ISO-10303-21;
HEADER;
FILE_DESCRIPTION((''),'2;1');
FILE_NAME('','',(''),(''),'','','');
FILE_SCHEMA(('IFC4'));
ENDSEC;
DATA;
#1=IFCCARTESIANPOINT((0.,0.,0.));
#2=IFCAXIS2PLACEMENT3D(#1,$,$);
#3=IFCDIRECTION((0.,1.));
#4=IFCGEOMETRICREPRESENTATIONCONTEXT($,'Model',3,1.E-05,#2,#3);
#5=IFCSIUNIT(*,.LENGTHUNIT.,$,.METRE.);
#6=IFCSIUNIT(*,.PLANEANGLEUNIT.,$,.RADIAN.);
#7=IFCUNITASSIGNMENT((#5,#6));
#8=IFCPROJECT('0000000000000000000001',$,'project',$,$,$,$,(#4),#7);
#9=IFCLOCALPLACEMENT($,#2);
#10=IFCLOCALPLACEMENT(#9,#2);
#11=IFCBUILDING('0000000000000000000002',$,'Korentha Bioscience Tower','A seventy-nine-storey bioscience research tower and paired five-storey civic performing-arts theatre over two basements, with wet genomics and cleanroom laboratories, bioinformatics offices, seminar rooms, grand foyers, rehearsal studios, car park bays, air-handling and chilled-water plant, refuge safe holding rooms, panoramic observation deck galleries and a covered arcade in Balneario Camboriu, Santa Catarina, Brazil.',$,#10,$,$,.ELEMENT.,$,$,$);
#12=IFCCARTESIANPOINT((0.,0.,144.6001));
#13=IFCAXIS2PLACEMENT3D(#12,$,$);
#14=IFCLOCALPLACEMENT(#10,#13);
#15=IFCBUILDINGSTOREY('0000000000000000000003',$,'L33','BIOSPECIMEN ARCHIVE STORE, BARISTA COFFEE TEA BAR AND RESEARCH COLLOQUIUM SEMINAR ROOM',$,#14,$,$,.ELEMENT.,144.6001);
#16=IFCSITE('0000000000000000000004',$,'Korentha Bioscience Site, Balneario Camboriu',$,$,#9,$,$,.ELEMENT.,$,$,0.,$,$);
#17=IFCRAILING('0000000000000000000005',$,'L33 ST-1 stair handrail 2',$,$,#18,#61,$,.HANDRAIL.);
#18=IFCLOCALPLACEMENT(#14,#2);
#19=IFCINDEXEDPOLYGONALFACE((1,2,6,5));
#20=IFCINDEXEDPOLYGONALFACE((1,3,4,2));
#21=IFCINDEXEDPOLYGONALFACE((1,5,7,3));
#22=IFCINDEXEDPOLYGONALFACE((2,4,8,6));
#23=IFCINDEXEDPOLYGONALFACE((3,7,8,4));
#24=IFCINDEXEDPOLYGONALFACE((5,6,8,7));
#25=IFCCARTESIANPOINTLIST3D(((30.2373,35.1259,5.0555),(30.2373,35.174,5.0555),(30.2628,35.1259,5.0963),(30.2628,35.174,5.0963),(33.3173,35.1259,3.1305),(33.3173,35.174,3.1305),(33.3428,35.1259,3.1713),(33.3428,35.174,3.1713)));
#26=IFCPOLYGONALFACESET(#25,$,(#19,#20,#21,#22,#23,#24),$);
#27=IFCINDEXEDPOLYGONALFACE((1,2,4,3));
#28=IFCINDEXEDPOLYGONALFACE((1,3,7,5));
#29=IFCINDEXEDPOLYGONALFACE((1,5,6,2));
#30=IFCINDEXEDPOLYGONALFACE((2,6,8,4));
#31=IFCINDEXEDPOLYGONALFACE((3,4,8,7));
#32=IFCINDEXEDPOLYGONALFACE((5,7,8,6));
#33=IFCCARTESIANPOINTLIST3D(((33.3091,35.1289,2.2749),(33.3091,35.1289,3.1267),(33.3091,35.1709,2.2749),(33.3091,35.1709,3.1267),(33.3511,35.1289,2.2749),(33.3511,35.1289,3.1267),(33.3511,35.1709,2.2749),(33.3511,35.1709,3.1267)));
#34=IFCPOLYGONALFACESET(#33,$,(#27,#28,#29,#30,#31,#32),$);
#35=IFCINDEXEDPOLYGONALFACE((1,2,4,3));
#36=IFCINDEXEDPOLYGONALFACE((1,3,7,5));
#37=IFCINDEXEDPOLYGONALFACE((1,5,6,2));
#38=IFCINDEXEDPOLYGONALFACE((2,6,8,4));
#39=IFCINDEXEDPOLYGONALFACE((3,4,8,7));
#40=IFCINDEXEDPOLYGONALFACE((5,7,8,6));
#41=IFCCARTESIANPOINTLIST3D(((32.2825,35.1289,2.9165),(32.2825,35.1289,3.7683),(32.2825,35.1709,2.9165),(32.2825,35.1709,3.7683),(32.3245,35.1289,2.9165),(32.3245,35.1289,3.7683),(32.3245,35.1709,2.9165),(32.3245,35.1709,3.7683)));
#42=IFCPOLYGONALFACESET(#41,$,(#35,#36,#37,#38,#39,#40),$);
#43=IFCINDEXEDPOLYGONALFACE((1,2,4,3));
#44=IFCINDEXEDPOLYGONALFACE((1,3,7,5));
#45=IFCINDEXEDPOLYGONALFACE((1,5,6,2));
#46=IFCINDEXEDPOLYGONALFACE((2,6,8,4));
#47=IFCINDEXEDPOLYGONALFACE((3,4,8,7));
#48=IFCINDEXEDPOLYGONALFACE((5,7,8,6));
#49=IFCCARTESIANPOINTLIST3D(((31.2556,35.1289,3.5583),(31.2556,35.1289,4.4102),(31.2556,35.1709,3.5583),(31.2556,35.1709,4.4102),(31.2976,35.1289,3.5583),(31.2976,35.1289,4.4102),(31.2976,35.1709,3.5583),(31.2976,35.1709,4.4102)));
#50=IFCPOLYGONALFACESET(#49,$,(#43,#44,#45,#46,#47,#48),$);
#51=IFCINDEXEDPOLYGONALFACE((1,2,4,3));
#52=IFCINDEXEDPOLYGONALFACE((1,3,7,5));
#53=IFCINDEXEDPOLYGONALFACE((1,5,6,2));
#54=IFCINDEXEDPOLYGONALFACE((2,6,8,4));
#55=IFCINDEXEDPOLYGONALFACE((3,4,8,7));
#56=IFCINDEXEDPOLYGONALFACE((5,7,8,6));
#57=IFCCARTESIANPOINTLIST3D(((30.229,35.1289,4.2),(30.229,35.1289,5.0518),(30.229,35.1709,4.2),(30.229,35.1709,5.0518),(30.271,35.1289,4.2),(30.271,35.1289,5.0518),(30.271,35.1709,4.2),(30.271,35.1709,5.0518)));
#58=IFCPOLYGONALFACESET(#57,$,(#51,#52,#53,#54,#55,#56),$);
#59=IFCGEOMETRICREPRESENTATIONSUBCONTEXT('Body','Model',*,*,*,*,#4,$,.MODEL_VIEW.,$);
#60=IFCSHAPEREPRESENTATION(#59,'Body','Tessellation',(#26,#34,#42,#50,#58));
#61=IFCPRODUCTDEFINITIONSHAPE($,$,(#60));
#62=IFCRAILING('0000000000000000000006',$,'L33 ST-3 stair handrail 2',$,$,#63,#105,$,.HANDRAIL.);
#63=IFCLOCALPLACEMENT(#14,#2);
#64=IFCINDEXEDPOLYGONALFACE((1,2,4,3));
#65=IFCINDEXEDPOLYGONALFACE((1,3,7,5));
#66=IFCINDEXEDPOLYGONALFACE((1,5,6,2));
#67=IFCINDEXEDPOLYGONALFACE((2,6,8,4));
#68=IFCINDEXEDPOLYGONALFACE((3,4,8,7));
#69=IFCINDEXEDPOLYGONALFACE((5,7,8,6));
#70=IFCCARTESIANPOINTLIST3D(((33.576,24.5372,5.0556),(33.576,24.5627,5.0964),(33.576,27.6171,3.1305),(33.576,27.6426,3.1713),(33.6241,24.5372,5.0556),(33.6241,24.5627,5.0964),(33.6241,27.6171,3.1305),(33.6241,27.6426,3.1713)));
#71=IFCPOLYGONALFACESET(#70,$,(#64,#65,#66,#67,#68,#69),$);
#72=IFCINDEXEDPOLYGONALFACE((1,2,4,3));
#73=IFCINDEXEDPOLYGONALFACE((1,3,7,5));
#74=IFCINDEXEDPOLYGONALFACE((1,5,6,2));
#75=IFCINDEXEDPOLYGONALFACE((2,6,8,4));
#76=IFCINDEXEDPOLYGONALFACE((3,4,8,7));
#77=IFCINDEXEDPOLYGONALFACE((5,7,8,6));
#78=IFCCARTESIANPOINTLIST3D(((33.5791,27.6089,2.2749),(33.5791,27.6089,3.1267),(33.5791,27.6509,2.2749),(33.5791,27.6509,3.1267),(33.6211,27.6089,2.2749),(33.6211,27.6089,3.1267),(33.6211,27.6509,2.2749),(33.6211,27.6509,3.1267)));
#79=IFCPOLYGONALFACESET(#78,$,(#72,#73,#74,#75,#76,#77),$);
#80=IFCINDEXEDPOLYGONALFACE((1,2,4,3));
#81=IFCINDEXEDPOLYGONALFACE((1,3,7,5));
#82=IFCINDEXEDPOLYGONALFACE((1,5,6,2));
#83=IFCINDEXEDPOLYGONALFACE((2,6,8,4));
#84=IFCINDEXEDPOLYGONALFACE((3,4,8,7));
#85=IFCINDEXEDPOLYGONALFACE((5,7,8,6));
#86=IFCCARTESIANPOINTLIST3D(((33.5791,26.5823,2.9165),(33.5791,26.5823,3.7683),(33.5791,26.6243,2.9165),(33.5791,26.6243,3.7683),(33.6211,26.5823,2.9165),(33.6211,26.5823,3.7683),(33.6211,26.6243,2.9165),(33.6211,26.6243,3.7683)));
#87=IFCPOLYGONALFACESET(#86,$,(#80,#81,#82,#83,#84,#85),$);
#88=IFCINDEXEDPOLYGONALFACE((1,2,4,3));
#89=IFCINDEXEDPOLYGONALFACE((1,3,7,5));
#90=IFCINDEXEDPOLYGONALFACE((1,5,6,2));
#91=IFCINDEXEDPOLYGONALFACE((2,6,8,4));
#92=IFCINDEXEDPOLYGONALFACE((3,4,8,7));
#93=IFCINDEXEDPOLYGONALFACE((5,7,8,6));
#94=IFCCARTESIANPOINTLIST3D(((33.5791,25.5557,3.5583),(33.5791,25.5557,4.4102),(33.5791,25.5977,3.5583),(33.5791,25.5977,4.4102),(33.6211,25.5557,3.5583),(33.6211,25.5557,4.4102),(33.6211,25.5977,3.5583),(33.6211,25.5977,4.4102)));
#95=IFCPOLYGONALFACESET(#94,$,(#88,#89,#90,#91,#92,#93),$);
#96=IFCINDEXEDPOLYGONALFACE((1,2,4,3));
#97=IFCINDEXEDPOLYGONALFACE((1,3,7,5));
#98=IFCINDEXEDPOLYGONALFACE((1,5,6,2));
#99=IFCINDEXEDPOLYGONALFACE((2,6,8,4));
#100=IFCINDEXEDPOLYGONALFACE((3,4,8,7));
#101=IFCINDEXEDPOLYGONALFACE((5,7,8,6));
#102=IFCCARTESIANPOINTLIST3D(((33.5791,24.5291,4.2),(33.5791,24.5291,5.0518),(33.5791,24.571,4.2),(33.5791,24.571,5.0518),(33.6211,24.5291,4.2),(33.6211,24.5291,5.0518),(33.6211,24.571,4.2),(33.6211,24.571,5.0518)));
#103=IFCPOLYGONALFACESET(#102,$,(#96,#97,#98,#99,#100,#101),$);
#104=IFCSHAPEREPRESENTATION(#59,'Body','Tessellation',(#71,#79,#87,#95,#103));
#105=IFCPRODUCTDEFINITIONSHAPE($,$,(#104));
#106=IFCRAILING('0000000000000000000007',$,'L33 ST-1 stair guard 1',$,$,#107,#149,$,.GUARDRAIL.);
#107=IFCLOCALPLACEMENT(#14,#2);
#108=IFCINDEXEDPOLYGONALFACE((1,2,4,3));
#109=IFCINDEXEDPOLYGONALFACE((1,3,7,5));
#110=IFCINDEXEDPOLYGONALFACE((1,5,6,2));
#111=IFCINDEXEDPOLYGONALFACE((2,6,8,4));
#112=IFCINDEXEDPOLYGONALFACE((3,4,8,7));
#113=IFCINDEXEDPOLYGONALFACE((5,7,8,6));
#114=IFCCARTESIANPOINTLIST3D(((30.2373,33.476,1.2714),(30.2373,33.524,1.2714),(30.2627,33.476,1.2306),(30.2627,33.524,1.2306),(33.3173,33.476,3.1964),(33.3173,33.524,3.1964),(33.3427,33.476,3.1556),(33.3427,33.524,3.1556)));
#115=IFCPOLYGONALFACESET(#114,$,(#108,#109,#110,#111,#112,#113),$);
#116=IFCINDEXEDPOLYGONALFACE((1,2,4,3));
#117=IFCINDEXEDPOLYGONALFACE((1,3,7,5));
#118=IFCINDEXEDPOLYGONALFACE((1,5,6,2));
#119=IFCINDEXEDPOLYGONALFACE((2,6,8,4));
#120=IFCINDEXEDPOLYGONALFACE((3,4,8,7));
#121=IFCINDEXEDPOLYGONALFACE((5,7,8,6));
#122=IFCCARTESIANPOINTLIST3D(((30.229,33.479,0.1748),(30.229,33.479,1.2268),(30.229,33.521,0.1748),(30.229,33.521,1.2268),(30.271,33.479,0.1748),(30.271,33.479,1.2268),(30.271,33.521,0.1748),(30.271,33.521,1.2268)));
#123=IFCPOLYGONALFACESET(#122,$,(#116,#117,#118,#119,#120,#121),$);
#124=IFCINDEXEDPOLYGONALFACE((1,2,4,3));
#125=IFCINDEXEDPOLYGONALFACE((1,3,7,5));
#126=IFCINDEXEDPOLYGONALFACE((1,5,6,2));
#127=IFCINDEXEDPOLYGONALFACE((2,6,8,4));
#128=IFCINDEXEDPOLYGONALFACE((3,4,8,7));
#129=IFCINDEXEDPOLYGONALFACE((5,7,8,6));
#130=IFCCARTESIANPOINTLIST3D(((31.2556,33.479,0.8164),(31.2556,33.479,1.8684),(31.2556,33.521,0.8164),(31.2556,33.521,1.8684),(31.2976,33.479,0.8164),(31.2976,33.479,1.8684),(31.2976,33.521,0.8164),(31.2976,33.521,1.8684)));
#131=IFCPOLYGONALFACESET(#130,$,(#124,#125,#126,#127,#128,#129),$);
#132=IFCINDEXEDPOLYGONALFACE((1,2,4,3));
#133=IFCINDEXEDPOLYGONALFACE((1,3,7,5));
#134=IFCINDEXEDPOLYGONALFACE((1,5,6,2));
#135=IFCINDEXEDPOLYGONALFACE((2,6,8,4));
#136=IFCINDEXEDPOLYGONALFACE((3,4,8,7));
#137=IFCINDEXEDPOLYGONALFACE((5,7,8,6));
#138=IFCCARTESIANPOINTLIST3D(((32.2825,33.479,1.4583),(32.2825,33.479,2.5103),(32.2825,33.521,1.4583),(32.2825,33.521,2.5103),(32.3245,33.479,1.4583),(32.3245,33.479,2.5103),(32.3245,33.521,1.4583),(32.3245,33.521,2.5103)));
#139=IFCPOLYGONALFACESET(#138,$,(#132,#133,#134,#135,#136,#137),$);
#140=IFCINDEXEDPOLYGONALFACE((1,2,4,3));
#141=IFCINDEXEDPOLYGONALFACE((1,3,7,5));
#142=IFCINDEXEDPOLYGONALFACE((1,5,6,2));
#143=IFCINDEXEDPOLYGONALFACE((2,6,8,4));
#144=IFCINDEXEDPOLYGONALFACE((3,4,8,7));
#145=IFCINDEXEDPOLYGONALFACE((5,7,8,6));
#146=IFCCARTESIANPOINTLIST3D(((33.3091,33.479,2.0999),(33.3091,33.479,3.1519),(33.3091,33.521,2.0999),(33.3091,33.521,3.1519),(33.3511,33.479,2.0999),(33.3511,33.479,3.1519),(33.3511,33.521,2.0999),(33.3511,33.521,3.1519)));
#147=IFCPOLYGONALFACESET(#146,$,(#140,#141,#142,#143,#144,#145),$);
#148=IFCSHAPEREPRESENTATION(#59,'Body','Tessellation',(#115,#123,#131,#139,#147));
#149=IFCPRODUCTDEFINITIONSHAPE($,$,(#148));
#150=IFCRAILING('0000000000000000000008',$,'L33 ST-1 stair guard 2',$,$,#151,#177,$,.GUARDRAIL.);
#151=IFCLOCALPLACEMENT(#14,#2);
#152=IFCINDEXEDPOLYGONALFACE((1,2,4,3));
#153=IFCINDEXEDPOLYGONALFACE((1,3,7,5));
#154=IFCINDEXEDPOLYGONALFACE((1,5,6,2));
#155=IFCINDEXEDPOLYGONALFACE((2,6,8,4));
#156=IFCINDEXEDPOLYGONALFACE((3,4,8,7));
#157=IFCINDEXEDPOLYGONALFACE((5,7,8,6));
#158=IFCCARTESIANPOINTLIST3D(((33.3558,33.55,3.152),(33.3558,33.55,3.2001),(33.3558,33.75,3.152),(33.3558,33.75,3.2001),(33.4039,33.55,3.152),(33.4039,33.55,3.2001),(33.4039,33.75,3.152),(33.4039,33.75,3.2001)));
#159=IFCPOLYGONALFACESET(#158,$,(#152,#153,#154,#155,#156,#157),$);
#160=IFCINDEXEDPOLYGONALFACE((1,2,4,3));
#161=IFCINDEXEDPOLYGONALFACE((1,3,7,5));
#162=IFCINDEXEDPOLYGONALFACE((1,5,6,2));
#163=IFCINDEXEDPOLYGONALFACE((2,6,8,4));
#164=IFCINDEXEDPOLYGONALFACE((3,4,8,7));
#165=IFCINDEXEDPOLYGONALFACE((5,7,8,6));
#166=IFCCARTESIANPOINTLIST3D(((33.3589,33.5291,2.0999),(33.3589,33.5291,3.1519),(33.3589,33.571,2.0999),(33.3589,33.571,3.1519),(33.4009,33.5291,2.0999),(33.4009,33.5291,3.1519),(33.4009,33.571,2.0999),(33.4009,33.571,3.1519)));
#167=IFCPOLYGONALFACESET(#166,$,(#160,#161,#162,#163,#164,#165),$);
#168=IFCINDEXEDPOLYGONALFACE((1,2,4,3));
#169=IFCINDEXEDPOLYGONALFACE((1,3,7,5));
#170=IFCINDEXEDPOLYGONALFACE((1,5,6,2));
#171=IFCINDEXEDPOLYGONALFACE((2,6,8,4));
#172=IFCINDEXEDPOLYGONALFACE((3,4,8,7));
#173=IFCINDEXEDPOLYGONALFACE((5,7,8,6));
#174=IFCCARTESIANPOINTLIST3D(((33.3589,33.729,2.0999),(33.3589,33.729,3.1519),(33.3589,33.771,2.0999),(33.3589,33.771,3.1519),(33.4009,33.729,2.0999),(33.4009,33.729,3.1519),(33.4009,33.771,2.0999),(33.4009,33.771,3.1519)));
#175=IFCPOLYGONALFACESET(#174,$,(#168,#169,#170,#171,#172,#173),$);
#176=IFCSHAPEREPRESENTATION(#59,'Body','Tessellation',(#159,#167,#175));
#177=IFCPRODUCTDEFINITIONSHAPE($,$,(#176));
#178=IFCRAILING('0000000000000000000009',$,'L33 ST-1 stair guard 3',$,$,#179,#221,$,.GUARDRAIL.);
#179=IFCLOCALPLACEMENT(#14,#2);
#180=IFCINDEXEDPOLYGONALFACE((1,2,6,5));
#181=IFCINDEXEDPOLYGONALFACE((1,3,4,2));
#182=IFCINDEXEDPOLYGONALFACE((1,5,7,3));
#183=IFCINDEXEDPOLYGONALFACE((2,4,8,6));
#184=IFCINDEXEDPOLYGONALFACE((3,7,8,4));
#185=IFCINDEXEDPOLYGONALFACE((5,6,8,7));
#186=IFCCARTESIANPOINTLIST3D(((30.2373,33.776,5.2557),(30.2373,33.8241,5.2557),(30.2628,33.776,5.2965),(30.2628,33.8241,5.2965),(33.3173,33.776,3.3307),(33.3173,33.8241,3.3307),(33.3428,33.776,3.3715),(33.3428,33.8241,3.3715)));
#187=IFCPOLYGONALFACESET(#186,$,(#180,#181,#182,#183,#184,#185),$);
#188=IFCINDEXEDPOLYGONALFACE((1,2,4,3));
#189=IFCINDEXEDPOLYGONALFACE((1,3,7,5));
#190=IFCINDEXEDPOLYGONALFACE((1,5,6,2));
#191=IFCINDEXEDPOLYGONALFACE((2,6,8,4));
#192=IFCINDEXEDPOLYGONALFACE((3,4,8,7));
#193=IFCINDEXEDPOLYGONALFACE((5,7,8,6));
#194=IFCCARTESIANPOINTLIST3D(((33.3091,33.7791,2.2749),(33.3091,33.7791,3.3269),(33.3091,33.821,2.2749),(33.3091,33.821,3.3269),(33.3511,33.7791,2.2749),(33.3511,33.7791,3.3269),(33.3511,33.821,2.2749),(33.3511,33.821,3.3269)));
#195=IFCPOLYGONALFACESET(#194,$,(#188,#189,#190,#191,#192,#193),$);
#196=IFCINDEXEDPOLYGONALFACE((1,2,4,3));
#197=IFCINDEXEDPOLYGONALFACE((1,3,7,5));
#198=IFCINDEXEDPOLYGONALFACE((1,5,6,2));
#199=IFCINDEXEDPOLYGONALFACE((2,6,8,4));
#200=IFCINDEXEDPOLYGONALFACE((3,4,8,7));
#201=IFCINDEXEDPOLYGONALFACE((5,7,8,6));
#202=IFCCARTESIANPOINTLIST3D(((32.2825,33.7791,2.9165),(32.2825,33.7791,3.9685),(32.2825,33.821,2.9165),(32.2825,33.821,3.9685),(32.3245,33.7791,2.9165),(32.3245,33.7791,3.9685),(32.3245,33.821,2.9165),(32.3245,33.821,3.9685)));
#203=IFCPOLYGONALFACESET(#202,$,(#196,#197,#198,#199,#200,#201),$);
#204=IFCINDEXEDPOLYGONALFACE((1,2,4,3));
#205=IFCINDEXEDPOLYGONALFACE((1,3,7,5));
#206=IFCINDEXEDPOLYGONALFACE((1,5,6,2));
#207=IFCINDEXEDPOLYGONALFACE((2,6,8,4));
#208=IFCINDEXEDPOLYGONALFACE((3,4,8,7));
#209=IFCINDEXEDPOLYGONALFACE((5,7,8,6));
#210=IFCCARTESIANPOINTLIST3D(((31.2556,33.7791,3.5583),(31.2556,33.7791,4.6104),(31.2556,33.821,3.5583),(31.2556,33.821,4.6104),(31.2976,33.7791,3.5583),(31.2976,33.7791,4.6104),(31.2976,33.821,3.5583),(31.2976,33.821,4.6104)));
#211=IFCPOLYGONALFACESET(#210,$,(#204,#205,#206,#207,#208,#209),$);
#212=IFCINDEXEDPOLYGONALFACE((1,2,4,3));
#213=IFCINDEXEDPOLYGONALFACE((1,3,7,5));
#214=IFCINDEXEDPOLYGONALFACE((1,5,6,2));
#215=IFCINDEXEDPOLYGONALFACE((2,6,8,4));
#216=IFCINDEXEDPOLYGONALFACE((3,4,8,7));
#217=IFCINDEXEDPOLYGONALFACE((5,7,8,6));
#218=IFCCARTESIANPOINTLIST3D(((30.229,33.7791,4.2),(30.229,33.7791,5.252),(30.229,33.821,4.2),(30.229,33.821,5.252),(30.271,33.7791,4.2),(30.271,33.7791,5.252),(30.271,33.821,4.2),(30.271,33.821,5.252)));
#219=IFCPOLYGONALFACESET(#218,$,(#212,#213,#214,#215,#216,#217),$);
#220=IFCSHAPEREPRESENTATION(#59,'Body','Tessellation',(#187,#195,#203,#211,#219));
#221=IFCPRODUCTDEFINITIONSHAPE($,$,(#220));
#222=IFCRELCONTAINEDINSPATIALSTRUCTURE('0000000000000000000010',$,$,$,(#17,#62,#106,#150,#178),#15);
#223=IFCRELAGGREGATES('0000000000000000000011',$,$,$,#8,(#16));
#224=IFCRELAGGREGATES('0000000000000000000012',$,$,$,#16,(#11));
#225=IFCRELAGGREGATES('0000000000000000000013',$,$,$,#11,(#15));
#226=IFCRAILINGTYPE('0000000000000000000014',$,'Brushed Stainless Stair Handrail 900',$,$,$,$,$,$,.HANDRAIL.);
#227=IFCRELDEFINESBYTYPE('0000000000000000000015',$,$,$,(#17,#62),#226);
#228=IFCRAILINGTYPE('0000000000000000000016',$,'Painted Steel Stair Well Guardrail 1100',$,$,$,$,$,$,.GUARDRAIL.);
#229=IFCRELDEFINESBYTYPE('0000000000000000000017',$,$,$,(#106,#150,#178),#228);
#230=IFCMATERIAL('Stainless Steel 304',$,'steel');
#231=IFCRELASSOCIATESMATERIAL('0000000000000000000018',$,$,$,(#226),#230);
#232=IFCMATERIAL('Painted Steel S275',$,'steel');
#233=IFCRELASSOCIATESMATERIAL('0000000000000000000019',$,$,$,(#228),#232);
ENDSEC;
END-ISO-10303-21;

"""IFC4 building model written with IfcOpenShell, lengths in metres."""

from ifc_helpers import new_model, si_unit, direction, frame, origin, origin_2d, place, context, subcontext, project, spatial, rectangle, extrude, material, type_object, element, save


model = new_model("IFC4")

# Units and contexts
model_context = context("Model", 3, precision=1e-05, world=origin(), true_north=direction((0.0, 1.0)))
body_context = subcontext(model_context, "Body", "Model", "MODEL_VIEW")
ifc_project = project(units=[si_unit("LENGTHUNIT", "METRE"), si_unit("PLANEANGLEUNIT", "RADIAN")], contexts=[model_context])

# Site, building, storey
site_placement = place(None, origin())
site = spatial("IfcSite", under=ifc_project, at=site_placement, Name="Korentha Bioscience Site, Balneario Camboriu", CompositionType="ELEMENT", RefElevation=0.0)
building_placement = place(site_placement, origin())
building = spatial("IfcBuilding", under=site, at=building_placement, Name="Korentha Bioscience Tower", Description="A seventy-nine-storey bioscience research tower and paired five-storey civic performing-arts theatre over two basements, with wet genomics and cleanroom laboratories, bioinformatics offices, seminar rooms, grand foyers, rehearsal studios, car park bays, air-handling and chilled-water plant, refuge safe holding rooms, panoramic observation deck galleries and a covered arcade in Balneario Camboriu, Santa Catarina, Brazil.", CompositionType="ELEMENT")
storey_placement = place(building_placement, frame((0.0, 0.0, 144.6001)))
storey = spatial("IfcBuildingStorey", under=building, at=storey_placement, Name="L33", Description="BIOSPECIMEN ARCHIVE STORE, BARISTA COFFEE TEA BAR AND RESEARCH COLLOQUIUM SEMINAR ROOM", CompositionType="ELEMENT", Elevation=144.6001)

# Railings
ifc_material_1 = material(Name="Stainless Steel 304", Category="steel")
railing_type_1 = type_object("IfcRailingType", Name="Brushed Stainless Stair Handrail 900", PredefinedType="HANDRAIL", material=ifc_material_1)
railing_1_placement = place(storey_placement, frame((33.3301, 35.1499, 2.2749)))
element("IfcRailing", 1, at=railing_1_placement, inside=storey, type_object=railing_type_1, Name="L33 ST-1 stair handrail 2", PredefinedType="HANDRAIL", context=body_context, shape_type="SweptSolid", body=[
    extrude(rectangle(XDim=0.0481, YDim=0.0481, at=origin_2d()), frame((0.0, 0.0, 0.876), z_axis=(-0.847998, 0.0, 0.529999), x_axis=(0.0, -1.0, 0.0)), (0.0, 0.0, 1.0), 3.6321),
    extrude(rectangle(XDim=0.042, YDim=0.042, at=origin_2d()), origin(), (0.0, 0.0, 1.0), 0.8518),
    extrude(rectangle(XDim=0.042, YDim=0.042, at=origin_2d()), frame((-1.0266, 0.0, 0.6416)), (0.0, 0.0, 1.0), 0.8518),
    extrude(rectangle(XDim=0.042, YDim=0.042, at=origin_2d()), frame((-2.0535, 0.0, 1.2834)), (0.0, 0.0, 1.0), 0.8518),
    extrude(rectangle(XDim=0.042, YDim=0.042, at=origin_2d()), frame((-3.0801, 0.0, 1.925)), (0.0, 0.0, 1.0), 0.8518),
])
railing_2_placement = place(storey_placement, frame((33.6001, 27.6299, 2.2749)))
element("IfcRailing", 2, at=railing_2_placement, inside=storey, type_object=railing_type_1, Name="L33 ST-3 stair handrail 2", PredefinedType="HANDRAIL", context=body_context, shape_type="SweptSolid", body=[
    extrude(rectangle(XDim=0.0481, YDim=0.0481, at=origin_2d()), frame((0.0, 0.0, 0.876), z_axis=(0.0, -0.847979, 0.530029), x_axis=(1.0, 0.0, 0.0)), (0.0, 0.0, 1.0), 3.6321),
    extrude(rectangle(XDim=0.042, YDim=0.042, at=origin_2d()), origin(), (0.0, 0.0, 1.0), 0.8518),
    extrude(rectangle(XDim=0.042, YDim=0.042, at=origin_2d()), frame((0.0, -1.0266, 0.6416)), (0.0, 0.0, 1.0), 0.8518),
    extrude(rectangle(XDim=0.042, YDim=0.042, at=origin_2d()), frame((0.0, -2.0532, 1.2834)), (0.0, 0.0, 1.0), 0.8518),
    extrude(rectangle(XDim=0.042, YDim=0.042, at=origin_2d()), frame((0.0, -3.0798, 1.925)), (0.0, 0.0, 1.0), 0.8518),
])
ifc_material_2 = material(Name="Painted Steel S275", Category="steel")
railing_type_2 = type_object("IfcRailingType", Name="Painted Steel Stair Well Guardrail 1100", PredefinedType="GUARDRAIL", material=ifc_material_2)
railing_3_placement = place(storey_placement, frame((30.25, 33.5, 0.1748)))
element("IfcRailing", 3, at=railing_3_placement, inside=storey, type_object=railing_type_2, Name="L33 ST-1 stair guard 1", PredefinedType="GUARDRAIL", context=body_context, shape_type="SweptSolid", body=[
    extrude(rectangle(XDim=0.0481, YDim=0.0481, at=origin_2d()), frame((0.0, 0.0, 1.0762), z_axis=(0.847998, 0.0, 0.529999), x_axis=(0.0, 1.0, 0.0)), (0.0, 0.0, 1.0), 3.6321),
    extrude(rectangle(XDim=0.042, YDim=0.042, at=origin_2d()), origin(), (0.0, 0.0, 1.0), 1.052),
    extrude(rectangle(XDim=0.042, YDim=0.042, at=origin_2d()), frame((1.0266, 0.0, 0.6416)), (0.0, 0.0, 1.0), 1.052),
    extrude(rectangle(XDim=0.042, YDim=0.042, at=origin_2d()), frame((2.0535, 0.0, 1.2834)), (0.0, 0.0, 1.0), 1.052),
    extrude(rectangle(XDim=0.042, YDim=0.042, at=origin_2d()), frame((3.0801, 0.0, 1.925)), (0.0, 0.0, 1.0), 1.052),
])
railing_4_placement = place(storey_placement, frame((33.3799, 33.55, 2.0999)))
element("IfcRailing", 4, at=railing_4_placement, inside=storey, type_object=railing_type_2, Name="L33 ST-1 stair guard 2", PredefinedType="GUARDRAIL", context=body_context, shape_type="SweptSolid", body=[
    extrude(rectangle(XDim=0.0481, YDim=0.0481, at=origin_2d()), frame((0.0, 0.0, 1.0762), z_axis=(0.0, 1.0, 0.0), x_axis=(-1.0, 0.0, 0.0)), (0.0, 0.0, 1.0), 0.2),
    extrude(rectangle(XDim=0.042, YDim=0.042, at=origin_2d()), origin(), (0.0, 0.0, 1.0), 1.052),
    extrude(rectangle(XDim=0.042, YDim=0.042, at=origin_2d()), frame((0.0, 0.2, 0.0)), (0.0, 0.0, 1.0), 1.052),
])
railing_5_placement = place(storey_placement, frame((33.3301, 33.8, 2.2749)))
element("IfcRailing", 5, at=railing_5_placement, inside=storey, type_object=railing_type_2, Name="L33 ST-1 stair guard 3", PredefinedType="GUARDRAIL", context=body_context, shape_type="SweptSolid", body=[
    extrude(rectangle(XDim=0.0481, YDim=0.0481, at=origin_2d()), frame((0.0, 0.0, 1.0762), z_axis=(-0.847998, 0.0, 0.529999), x_axis=(0.0, -1.0, 0.0)), (0.0, 0.0, 1.0), 3.6321),
    extrude(rectangle(XDim=0.042, YDim=0.042, at=origin_2d()), origin(), (0.0, 0.0, 1.0), 1.052),
    extrude(rectangle(XDim=0.042, YDim=0.042, at=origin_2d()), frame((-1.0266, 0.0, 0.6416)), (0.0, 0.0, 1.0), 1.052),
    extrude(rectangle(XDim=0.042, YDim=0.042, at=origin_2d()), frame((-2.0535, 0.0, 1.2834)), (0.0, 0.0, 1.0), 1.052),
    extrude(rectangle(XDim=0.042, YDim=0.042, at=origin_2d()), frame((-3.0801, 0.0, 1.925)), (0.0, 0.0, 1.0), 1.052),
])

save(model, "model.ifc")
